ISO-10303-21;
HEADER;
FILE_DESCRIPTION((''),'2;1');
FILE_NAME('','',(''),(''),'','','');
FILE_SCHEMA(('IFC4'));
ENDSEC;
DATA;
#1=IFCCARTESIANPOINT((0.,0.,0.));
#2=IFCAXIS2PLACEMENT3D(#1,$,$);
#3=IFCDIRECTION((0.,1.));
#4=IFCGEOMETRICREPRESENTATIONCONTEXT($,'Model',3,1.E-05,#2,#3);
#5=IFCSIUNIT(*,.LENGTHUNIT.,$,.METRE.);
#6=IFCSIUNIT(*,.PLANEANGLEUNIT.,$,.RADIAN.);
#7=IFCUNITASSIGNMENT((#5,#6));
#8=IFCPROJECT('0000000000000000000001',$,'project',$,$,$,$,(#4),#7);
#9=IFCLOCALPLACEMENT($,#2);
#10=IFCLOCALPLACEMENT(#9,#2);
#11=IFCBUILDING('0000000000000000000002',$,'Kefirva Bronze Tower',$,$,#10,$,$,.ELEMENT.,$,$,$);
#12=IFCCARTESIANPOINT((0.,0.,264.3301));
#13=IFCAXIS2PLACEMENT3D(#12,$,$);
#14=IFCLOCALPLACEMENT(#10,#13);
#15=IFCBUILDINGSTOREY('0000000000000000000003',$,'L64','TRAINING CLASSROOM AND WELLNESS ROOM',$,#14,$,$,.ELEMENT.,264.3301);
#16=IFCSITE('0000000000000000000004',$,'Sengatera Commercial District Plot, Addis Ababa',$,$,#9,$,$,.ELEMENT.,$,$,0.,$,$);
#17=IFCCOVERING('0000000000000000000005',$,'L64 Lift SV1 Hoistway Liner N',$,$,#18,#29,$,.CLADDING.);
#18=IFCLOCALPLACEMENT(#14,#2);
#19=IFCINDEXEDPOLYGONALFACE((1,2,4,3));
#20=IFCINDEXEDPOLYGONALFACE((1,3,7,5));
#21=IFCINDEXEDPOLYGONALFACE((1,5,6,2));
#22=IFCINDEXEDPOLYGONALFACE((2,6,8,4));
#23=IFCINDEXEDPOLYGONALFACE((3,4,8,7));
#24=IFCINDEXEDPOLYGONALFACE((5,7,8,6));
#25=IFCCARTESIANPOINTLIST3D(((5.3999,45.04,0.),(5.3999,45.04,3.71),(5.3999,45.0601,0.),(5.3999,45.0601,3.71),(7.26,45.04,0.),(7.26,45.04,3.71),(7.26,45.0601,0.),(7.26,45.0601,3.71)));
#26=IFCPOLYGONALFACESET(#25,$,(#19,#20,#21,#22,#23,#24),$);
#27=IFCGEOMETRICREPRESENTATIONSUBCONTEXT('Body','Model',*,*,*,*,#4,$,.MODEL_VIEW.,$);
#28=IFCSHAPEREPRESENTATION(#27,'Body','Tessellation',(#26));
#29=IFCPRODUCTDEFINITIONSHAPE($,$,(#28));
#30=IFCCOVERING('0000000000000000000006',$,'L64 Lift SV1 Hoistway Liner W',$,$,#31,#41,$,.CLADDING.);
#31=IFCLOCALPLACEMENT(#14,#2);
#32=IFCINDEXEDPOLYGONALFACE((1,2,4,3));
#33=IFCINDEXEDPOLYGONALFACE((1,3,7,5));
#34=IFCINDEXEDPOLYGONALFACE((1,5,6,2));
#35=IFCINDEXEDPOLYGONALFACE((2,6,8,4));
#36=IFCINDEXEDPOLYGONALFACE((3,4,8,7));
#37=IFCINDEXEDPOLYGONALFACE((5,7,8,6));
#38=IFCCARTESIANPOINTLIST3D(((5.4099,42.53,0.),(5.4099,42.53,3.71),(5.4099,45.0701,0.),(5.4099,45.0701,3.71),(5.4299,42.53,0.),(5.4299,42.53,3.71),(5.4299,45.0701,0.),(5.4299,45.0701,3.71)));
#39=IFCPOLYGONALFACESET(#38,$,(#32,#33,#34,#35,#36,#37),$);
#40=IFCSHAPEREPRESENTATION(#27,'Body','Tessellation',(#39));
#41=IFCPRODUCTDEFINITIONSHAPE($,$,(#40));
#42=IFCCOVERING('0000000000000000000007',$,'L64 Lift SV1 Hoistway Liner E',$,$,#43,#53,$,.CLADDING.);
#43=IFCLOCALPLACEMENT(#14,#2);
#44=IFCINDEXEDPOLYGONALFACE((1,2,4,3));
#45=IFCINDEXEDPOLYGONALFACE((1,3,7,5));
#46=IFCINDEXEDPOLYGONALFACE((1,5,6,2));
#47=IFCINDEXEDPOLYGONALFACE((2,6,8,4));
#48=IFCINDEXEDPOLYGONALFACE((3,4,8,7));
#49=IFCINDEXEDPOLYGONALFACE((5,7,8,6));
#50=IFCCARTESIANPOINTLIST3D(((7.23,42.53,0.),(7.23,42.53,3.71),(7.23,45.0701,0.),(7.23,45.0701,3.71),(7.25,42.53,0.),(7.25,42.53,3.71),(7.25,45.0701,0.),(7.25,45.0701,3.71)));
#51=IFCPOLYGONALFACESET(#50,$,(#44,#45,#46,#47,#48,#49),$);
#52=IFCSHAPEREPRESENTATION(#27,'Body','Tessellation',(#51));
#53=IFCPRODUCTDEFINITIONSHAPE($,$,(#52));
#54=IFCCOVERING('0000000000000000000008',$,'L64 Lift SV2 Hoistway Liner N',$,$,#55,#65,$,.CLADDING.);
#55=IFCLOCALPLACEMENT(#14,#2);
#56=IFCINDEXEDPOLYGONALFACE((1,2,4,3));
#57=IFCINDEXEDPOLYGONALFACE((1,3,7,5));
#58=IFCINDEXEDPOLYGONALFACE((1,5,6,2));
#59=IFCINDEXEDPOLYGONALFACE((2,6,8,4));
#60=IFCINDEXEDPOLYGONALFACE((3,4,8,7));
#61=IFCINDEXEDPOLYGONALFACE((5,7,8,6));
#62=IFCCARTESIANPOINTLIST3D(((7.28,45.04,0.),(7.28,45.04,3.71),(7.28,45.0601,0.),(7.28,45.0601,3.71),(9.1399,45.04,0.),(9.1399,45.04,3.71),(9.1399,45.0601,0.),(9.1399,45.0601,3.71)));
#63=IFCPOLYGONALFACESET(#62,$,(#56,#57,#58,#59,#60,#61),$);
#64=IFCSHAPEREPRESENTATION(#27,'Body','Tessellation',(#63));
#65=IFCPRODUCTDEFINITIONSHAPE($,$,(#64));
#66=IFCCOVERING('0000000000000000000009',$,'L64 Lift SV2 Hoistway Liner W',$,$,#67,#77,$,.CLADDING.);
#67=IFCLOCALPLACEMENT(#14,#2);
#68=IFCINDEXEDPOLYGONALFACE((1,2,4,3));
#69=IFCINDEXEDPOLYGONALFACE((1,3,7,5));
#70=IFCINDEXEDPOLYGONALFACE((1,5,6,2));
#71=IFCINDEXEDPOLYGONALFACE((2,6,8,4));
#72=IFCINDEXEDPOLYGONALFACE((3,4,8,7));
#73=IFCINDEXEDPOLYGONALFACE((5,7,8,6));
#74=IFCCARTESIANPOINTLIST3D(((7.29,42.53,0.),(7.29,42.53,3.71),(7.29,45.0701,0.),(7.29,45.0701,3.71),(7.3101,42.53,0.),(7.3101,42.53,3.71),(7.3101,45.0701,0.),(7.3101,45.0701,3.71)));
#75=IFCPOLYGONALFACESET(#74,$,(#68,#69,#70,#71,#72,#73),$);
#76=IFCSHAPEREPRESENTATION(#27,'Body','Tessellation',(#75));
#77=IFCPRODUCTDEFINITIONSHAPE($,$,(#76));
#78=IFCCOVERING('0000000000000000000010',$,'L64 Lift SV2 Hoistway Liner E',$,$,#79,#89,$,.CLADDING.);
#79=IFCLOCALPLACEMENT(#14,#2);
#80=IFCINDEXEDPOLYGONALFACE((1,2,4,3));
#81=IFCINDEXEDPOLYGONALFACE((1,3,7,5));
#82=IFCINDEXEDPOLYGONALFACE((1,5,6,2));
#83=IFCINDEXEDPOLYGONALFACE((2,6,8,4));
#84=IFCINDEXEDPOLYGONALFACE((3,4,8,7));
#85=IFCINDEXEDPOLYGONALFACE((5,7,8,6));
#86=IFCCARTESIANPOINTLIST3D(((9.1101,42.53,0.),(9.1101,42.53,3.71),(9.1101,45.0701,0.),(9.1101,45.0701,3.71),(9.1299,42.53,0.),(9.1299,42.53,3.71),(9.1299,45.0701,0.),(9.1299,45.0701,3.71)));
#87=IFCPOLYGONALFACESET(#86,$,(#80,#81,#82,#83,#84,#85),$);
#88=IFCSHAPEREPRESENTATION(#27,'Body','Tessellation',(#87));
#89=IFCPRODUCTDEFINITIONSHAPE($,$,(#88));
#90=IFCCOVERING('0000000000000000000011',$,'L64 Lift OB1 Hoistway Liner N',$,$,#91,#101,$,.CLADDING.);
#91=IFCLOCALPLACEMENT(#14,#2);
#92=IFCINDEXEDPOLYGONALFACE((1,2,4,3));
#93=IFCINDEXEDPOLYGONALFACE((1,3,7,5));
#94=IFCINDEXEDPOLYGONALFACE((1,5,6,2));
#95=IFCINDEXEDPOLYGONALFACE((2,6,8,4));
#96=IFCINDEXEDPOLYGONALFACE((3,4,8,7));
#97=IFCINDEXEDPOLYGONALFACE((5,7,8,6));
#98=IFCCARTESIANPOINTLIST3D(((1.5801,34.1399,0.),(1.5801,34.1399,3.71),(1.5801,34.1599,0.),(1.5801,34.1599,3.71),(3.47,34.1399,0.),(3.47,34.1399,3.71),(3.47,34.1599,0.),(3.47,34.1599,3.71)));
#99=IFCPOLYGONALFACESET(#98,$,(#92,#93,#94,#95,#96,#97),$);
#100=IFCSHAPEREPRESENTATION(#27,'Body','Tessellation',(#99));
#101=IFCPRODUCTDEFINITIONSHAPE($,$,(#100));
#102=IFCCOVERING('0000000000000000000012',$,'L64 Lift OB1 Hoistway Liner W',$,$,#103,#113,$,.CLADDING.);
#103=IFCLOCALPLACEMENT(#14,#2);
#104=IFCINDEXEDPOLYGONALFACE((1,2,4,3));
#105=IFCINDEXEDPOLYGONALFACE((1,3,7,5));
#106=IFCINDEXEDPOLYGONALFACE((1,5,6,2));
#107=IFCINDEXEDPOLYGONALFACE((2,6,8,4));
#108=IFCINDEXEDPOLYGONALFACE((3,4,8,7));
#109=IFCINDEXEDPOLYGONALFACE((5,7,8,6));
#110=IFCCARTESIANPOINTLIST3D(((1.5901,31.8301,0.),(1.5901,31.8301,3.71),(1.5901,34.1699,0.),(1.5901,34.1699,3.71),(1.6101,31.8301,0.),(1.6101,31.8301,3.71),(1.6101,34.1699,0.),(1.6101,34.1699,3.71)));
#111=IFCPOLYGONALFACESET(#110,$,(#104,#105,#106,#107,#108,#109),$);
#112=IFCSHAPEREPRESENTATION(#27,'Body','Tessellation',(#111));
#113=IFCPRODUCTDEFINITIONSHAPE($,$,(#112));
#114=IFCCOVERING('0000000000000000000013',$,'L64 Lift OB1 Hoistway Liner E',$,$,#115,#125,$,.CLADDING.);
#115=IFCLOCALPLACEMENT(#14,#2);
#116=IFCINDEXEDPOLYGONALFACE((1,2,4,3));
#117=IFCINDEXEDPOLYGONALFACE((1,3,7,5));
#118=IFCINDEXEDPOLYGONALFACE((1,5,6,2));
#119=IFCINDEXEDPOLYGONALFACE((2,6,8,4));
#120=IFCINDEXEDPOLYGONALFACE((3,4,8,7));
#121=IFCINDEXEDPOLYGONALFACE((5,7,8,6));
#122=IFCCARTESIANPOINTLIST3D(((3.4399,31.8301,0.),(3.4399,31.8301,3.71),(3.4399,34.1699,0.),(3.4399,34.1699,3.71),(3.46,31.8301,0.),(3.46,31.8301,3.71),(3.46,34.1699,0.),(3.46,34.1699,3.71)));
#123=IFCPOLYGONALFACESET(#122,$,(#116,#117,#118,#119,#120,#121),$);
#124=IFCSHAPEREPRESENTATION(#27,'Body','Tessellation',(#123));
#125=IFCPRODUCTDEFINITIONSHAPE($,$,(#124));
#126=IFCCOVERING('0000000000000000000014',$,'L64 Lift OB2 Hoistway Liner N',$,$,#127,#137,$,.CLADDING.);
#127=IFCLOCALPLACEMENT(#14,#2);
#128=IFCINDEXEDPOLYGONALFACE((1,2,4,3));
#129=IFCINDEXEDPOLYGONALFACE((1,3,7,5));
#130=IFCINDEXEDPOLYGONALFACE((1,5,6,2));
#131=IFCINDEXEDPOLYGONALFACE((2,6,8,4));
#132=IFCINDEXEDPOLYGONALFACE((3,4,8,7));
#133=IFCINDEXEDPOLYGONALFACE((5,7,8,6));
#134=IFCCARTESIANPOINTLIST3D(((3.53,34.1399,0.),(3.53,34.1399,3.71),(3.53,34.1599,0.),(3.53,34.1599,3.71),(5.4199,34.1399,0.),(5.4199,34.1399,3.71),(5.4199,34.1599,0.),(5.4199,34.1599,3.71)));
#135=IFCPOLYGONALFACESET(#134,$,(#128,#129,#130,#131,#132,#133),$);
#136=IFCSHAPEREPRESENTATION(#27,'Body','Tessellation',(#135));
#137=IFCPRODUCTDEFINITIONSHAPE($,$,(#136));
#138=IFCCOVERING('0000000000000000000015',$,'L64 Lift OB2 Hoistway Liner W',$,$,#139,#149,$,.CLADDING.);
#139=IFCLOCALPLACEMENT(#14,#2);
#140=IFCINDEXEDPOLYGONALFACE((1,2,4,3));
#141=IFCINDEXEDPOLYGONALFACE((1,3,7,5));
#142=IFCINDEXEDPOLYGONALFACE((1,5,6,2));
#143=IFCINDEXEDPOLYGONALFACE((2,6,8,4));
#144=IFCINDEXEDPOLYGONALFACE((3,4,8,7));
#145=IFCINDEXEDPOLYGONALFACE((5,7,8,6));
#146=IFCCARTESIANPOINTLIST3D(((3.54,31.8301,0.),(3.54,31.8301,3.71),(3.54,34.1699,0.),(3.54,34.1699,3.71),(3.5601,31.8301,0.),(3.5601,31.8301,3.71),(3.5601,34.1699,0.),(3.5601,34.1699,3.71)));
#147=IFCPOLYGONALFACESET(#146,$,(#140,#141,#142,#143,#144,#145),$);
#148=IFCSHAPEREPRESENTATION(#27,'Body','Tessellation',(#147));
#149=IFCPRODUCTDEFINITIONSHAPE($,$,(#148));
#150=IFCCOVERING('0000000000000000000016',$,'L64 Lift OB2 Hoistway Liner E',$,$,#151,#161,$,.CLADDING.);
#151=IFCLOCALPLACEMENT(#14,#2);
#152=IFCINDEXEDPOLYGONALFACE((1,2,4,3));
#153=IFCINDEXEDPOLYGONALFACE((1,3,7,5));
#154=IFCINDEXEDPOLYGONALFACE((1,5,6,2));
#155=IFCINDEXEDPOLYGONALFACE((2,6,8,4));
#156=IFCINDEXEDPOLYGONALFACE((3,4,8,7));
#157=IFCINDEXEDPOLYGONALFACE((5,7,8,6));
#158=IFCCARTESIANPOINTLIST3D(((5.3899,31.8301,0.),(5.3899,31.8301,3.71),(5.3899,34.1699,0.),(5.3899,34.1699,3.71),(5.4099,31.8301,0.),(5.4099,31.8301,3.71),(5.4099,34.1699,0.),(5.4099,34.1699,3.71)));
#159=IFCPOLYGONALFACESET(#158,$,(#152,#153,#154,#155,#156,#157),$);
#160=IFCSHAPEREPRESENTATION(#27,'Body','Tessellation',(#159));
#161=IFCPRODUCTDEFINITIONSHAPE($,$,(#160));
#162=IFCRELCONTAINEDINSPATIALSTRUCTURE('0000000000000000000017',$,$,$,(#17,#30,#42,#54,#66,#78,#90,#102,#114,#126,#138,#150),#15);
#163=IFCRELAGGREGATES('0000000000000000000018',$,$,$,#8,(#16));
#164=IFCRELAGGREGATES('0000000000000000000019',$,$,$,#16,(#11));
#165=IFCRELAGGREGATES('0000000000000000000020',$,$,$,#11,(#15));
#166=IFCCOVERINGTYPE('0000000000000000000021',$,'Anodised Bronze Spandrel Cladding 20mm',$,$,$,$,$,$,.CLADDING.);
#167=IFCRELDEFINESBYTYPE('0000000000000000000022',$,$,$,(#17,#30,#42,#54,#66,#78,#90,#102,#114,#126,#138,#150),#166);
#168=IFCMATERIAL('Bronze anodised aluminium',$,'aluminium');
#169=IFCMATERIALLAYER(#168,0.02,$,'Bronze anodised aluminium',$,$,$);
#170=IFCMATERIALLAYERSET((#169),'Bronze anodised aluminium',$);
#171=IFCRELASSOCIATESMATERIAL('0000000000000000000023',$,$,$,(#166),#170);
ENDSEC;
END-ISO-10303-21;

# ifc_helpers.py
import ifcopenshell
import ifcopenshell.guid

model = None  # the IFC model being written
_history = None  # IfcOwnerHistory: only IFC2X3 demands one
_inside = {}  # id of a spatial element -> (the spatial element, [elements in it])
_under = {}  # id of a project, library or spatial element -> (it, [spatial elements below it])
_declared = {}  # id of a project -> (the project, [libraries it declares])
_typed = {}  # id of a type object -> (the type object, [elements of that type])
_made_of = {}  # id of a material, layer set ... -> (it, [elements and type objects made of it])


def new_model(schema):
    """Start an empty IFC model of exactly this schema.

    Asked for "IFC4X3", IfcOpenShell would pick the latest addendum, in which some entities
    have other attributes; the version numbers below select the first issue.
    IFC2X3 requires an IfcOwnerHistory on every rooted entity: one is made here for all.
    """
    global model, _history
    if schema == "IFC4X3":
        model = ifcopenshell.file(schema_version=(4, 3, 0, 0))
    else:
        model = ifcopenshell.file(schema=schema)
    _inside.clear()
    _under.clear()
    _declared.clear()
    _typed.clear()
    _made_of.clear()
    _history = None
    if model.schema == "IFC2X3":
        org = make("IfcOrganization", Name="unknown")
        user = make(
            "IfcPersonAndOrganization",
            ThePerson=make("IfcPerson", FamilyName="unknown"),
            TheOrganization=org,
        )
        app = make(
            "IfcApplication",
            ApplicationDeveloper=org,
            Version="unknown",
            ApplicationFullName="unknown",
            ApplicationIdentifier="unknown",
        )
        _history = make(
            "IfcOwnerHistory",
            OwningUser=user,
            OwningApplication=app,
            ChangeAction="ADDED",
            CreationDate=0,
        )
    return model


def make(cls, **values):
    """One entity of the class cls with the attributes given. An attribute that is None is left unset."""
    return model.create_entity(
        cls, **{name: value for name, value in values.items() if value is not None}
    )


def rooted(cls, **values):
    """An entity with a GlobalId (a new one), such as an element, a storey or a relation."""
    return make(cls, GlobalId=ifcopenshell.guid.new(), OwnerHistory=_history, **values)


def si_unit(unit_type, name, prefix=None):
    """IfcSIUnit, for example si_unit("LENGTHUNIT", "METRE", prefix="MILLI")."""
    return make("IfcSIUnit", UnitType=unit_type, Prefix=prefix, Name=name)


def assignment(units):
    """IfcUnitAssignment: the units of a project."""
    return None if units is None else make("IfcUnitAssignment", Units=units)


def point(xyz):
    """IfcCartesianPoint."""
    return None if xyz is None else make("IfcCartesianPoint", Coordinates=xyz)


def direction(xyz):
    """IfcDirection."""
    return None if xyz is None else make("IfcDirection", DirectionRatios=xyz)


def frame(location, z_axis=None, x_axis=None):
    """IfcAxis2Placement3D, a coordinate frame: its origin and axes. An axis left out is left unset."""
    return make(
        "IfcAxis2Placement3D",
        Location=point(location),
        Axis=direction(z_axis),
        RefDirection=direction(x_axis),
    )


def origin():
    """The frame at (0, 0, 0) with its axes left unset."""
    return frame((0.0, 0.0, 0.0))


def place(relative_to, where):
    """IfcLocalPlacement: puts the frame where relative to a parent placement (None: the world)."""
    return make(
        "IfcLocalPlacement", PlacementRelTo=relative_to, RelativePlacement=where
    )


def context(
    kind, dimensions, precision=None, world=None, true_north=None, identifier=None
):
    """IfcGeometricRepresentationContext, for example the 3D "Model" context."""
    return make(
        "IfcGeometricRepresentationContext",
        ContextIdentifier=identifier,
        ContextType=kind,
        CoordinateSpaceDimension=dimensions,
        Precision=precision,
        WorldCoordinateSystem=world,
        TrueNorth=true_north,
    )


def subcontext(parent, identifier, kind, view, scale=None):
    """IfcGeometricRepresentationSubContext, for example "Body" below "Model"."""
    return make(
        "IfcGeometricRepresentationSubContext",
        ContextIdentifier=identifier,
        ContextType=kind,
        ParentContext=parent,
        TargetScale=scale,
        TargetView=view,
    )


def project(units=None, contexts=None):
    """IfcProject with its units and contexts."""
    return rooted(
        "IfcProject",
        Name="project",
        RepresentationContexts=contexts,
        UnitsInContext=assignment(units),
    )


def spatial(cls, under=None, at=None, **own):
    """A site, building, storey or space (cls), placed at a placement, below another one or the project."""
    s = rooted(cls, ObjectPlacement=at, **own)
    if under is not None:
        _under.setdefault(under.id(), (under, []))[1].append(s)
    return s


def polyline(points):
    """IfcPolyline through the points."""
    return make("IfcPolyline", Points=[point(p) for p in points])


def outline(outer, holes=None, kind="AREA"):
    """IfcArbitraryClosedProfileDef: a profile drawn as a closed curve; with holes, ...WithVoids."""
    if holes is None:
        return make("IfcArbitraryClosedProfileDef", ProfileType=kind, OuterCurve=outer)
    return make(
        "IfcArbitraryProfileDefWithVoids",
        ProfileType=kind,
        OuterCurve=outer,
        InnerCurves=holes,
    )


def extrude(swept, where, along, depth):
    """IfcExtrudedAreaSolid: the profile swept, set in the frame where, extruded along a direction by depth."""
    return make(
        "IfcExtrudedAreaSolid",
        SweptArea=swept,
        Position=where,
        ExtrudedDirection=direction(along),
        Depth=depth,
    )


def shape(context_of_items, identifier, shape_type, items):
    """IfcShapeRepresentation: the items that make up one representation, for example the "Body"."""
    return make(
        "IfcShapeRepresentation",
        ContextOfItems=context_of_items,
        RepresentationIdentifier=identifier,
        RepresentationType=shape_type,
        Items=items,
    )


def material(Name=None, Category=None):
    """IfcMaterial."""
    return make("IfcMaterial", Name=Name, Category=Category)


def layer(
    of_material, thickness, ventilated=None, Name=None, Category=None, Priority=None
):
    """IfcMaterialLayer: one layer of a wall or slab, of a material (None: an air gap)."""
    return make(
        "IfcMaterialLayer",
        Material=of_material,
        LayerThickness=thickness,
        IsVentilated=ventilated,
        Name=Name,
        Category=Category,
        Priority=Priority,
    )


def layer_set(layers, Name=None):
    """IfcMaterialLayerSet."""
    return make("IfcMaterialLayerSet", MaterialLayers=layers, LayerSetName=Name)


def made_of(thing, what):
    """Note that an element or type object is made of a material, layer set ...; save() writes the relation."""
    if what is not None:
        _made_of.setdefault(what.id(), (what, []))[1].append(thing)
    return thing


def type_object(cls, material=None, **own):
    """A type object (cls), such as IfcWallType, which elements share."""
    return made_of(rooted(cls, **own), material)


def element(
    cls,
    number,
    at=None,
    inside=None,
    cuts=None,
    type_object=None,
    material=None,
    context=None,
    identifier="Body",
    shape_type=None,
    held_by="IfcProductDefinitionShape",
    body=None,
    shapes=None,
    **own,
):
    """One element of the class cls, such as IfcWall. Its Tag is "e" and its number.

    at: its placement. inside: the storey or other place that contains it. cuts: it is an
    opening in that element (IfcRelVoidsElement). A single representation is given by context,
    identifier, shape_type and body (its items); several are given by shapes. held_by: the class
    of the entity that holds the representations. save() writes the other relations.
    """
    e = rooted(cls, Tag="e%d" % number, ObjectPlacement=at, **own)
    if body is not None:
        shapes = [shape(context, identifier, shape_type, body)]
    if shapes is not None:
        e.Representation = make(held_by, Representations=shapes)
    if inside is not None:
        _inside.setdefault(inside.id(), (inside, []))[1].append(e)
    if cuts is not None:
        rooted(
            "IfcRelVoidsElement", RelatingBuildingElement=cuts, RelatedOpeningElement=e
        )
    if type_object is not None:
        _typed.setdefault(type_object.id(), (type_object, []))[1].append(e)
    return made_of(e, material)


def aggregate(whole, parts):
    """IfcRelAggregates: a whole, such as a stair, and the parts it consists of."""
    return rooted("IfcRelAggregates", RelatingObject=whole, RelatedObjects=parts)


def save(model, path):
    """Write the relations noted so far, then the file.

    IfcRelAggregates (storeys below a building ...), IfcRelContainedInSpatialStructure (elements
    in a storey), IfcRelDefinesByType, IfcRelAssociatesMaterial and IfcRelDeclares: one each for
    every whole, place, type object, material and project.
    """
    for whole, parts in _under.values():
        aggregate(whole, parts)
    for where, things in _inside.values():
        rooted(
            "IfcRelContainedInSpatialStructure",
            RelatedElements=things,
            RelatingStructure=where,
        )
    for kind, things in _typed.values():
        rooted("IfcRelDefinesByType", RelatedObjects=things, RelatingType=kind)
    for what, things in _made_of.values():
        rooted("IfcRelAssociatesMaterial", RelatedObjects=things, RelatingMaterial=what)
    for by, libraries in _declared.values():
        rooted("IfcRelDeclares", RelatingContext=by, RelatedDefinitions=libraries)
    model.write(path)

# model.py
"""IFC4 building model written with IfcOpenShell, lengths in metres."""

from ifc_helpers import new_model, si_unit, direction, frame, origin, place, context, subcontext, project, spatial, polyline, outline, extrude, material, layer, layer_set, type_object, element, save


model = new_model("IFC4")

# Units and contexts
model_context = context("Model", 3, precision=1e-05, world=origin(), true_north=direction((0.0, 1.0)))
body_context = subcontext(model_context, "Body", "Model", "MODEL_VIEW")
ifc_project = project(units=[si_unit("LENGTHUNIT", "METRE"), si_unit("PLANEANGLEUNIT", "RADIAN")], contexts=[model_context])

# Site, building, storey
site_placement = place(None, origin())
site = spatial("IfcSite", under=ifc_project, at=site_placement, Name="Sengatera Commercial District Plot, Addis Ababa", CompositionType="ELEMENT", RefElevation=0.0)
building_placement = place(site_placement, origin())
building = spatial("IfcBuilding", under=site, at=building_placement, Name="Kefirva Bronze Tower", CompositionType="ELEMENT")
storey_placement = place(building_placement, frame((0.0, 0.0, 264.3301)))
storey = spatial("IfcBuildingStorey", under=building, at=storey_placement, Name="L64", Description="TRAINING CLASSROOM AND WELLNESS ROOM", CompositionType="ELEMENT", Elevation=264.3301)

# Coverings
ifc_material_1 = material(Name="Bronze anodised aluminium", Category="aluminium")
ifc_layer_1 = layer(ifc_material_1, 0.02, Name="Bronze anodised aluminium")
ifc_layer_set_1 = layer_set([ifc_layer_1], Name="Bronze anodised aluminium")
covering_type = type_object("IfcCoveringType", Name="Anodised Bronze Spandrel Cladding 20mm", PredefinedType="CLADDING", material=ifc_layer_set_1)
covering_1_placement = place(storey_placement, origin())
element("IfcCovering", 1, at=covering_1_placement, inside=storey, type_object=covering_type, Name="L64 Lift SV1 Hoistway Liner N", PredefinedType="CLADDING", context=body_context, shape_type="SweptSolid", body=[
    extrude(outline(polyline([(5.3999, 45.04), (7.26, 45.04), (7.26, 45.0601), (5.3999, 45.0601), (5.3999, 45.04)])), origin(), (0.0, 0.0, 1.0), 3.71),
])
covering_2_placement = place(storey_placement, origin())
element("IfcCovering", 2, at=covering_2_placement, inside=storey, type_object=covering_type, Name="L64 Lift SV1 Hoistway Liner W", PredefinedType="CLADDING", context=body_context, shape_type="SweptSolid", body=[
    extrude(outline(polyline([(5.4099, 42.53), (5.4299, 42.53), (5.4299, 45.0701), (5.4099, 45.0701), (5.4099, 42.53)])), origin(), (0.0, 0.0, 1.0), 3.71),
])
covering_3_placement = place(storey_placement, origin())
element("IfcCovering", 3, at=covering_3_placement, inside=storey, type_object=covering_type, Name="L64 Lift SV1 Hoistway Liner E", PredefinedType="CLADDING", context=body_context, shape_type="SweptSolid", body=[
    extrude(outline(polyline([(7.23, 42.53), (7.25, 42.53), (7.25, 45.0701), (7.23, 45.0701), (7.23, 42.53)])), origin(), (0.0, 0.0, 1.0), 3.71),
])
covering_4_placement = place(storey_placement, origin())
element("IfcCovering", 4, at=covering_4_placement, inside=storey, type_object=covering_type, Name="L64 Lift SV2 Hoistway Liner N", PredefinedType="CLADDING", context=body_context, shape_type="SweptSolid", body=[
    extrude(outline(polyline([(7.28, 45.04), (9.1399, 45.04), (9.1399, 45.0601), (7.28, 45.0601), (7.28, 45.04)])), origin(), (0.0, 0.0, 1.0), 3.71),
])
covering_5_placement = place(storey_placement, origin())
element("IfcCovering", 5, at=covering_5_placement, inside=storey, type_object=covering_type, Name="L64 Lift SV2 Hoistway Liner W", PredefinedType="CLADDING", context=body_context, shape_type="SweptSolid", body=[
    extrude(outline(polyline([(7.29, 42.53), (7.3101, 42.53), (7.3101, 45.0701), (7.29, 45.0701), (7.29, 42.53)])), origin(), (0.0, 0.0, 1.0), 3.71),
])
covering_6_placement = place(storey_placement, origin())
element("IfcCovering", 6, at=covering_6_placement, inside=storey, type_object=covering_type, Name="L64 Lift SV2 Hoistway Liner E", PredefinedType="CLADDING", context=body_context, shape_type="SweptSolid", body=[
    extrude(outline(polyline([(9.1101, 42.53), (9.1299, 42.53), (9.1299, 45.0701), (9.1101, 45.0701), (9.1101, 42.53)])), origin(), (0.0, 0.0, 1.0), 3.71),
])
covering_7_placement = place(storey_placement, origin())
element("IfcCovering", 7, at=covering_7_placement, inside=storey, type_object=covering_type, Name="L64 Lift OB1 Hoistway Liner N", PredefinedType="CLADDING", context=body_context, shape_type="SweptSolid", body=[
    extrude(outline(polyline([(1.5801, 34.1399), (3.47, 34.1399), (3.47, 34.1599), (1.5801, 34.1599), (1.5801, 34.1399)])), origin(), (0.0, 0.0, 1.0), 3.71),
])
covering_8_placement = place(storey_placement, origin())
element("IfcCovering", 8, at=covering_8_placement, inside=storey, type_object=covering_type, Name="L64 Lift OB1 Hoistway Liner W", PredefinedType="CLADDING", context=body_context, shape_type="SweptSolid", body=[
    extrude(outline(polyline([(1.5901, 31.8301), (1.6101, 31.8301), (1.6101, 34.1699), (1.5901, 34.1699), (1.5901, 31.8301)])), origin(), (0.0, 0.0, 1.0), 3.71),
])
covering_9_placement = place(storey_placement, origin())
element("IfcCovering", 9, at=covering_9_placement, inside=storey, type_object=covering_type, Name="L64 Lift OB1 Hoistway Liner E", PredefinedType="CLADDING", context=body_context, shape_type="SweptSolid", body=[
    extrude(outline(polyline([(3.4399, 31.8301), (3.46, 31.8301), (3.46, 34.1699), (3.4399, 34.1699), (3.4399, 31.8301)])), origin(), (0.0, 0.0, 1.0), 3.71),
])
covering_10_placement = place(storey_placement, origin())
element("IfcCovering", 10, at=covering_10_placement, inside=storey, type_object=covering_type, Name="L64 Lift OB2 Hoistway Liner N", PredefinedType="CLADDING", context=body_context, shape_type="SweptSolid", body=[
    extrude(outline(polyline([(3.53, 34.1399), (5.4199, 34.1399), (5.4199, 34.1599), (3.53, 34.1599), (3.53, 34.1399)])), origin(), (0.0, 0.0, 1.0), 3.71),
])
covering_11_placement = place(storey_placement, origin())
element("IfcCovering", 11, at=covering_11_placement, inside=storey, type_object=covering_type, Name="L64 Lift OB2 Hoistway Liner W", PredefinedType="CLADDING", context=body_context, shape_type="SweptSolid", body=[
    extrude(outline(polyline([(3.54, 31.8301), (3.5601, 31.8301), (3.5601, 34.1699), (3.54, 34.1699), (3.54, 31.8301)])), origin(), (0.0, 0.0, 1.0), 3.71),
])
covering_12_placement = place(storey_placement, origin())
element("IfcCovering", 12, at=covering_12_placement, inside=storey, type_object=covering_type, Name="L64 Lift OB2 Hoistway Liner E", PredefinedType="CLADDING", context=body_context, shape_type="SweptSolid", body=[
    extrude(outline(polyline([(5.3899, 31.8301), (5.4099, 31.8301), (5.4099, 34.1699), (5.3899, 34.1699), (5.3899, 31.8301)])), origin(), (0.0, 0.0, 1.0), 3.71),
])

save(model, "model.ifc")
